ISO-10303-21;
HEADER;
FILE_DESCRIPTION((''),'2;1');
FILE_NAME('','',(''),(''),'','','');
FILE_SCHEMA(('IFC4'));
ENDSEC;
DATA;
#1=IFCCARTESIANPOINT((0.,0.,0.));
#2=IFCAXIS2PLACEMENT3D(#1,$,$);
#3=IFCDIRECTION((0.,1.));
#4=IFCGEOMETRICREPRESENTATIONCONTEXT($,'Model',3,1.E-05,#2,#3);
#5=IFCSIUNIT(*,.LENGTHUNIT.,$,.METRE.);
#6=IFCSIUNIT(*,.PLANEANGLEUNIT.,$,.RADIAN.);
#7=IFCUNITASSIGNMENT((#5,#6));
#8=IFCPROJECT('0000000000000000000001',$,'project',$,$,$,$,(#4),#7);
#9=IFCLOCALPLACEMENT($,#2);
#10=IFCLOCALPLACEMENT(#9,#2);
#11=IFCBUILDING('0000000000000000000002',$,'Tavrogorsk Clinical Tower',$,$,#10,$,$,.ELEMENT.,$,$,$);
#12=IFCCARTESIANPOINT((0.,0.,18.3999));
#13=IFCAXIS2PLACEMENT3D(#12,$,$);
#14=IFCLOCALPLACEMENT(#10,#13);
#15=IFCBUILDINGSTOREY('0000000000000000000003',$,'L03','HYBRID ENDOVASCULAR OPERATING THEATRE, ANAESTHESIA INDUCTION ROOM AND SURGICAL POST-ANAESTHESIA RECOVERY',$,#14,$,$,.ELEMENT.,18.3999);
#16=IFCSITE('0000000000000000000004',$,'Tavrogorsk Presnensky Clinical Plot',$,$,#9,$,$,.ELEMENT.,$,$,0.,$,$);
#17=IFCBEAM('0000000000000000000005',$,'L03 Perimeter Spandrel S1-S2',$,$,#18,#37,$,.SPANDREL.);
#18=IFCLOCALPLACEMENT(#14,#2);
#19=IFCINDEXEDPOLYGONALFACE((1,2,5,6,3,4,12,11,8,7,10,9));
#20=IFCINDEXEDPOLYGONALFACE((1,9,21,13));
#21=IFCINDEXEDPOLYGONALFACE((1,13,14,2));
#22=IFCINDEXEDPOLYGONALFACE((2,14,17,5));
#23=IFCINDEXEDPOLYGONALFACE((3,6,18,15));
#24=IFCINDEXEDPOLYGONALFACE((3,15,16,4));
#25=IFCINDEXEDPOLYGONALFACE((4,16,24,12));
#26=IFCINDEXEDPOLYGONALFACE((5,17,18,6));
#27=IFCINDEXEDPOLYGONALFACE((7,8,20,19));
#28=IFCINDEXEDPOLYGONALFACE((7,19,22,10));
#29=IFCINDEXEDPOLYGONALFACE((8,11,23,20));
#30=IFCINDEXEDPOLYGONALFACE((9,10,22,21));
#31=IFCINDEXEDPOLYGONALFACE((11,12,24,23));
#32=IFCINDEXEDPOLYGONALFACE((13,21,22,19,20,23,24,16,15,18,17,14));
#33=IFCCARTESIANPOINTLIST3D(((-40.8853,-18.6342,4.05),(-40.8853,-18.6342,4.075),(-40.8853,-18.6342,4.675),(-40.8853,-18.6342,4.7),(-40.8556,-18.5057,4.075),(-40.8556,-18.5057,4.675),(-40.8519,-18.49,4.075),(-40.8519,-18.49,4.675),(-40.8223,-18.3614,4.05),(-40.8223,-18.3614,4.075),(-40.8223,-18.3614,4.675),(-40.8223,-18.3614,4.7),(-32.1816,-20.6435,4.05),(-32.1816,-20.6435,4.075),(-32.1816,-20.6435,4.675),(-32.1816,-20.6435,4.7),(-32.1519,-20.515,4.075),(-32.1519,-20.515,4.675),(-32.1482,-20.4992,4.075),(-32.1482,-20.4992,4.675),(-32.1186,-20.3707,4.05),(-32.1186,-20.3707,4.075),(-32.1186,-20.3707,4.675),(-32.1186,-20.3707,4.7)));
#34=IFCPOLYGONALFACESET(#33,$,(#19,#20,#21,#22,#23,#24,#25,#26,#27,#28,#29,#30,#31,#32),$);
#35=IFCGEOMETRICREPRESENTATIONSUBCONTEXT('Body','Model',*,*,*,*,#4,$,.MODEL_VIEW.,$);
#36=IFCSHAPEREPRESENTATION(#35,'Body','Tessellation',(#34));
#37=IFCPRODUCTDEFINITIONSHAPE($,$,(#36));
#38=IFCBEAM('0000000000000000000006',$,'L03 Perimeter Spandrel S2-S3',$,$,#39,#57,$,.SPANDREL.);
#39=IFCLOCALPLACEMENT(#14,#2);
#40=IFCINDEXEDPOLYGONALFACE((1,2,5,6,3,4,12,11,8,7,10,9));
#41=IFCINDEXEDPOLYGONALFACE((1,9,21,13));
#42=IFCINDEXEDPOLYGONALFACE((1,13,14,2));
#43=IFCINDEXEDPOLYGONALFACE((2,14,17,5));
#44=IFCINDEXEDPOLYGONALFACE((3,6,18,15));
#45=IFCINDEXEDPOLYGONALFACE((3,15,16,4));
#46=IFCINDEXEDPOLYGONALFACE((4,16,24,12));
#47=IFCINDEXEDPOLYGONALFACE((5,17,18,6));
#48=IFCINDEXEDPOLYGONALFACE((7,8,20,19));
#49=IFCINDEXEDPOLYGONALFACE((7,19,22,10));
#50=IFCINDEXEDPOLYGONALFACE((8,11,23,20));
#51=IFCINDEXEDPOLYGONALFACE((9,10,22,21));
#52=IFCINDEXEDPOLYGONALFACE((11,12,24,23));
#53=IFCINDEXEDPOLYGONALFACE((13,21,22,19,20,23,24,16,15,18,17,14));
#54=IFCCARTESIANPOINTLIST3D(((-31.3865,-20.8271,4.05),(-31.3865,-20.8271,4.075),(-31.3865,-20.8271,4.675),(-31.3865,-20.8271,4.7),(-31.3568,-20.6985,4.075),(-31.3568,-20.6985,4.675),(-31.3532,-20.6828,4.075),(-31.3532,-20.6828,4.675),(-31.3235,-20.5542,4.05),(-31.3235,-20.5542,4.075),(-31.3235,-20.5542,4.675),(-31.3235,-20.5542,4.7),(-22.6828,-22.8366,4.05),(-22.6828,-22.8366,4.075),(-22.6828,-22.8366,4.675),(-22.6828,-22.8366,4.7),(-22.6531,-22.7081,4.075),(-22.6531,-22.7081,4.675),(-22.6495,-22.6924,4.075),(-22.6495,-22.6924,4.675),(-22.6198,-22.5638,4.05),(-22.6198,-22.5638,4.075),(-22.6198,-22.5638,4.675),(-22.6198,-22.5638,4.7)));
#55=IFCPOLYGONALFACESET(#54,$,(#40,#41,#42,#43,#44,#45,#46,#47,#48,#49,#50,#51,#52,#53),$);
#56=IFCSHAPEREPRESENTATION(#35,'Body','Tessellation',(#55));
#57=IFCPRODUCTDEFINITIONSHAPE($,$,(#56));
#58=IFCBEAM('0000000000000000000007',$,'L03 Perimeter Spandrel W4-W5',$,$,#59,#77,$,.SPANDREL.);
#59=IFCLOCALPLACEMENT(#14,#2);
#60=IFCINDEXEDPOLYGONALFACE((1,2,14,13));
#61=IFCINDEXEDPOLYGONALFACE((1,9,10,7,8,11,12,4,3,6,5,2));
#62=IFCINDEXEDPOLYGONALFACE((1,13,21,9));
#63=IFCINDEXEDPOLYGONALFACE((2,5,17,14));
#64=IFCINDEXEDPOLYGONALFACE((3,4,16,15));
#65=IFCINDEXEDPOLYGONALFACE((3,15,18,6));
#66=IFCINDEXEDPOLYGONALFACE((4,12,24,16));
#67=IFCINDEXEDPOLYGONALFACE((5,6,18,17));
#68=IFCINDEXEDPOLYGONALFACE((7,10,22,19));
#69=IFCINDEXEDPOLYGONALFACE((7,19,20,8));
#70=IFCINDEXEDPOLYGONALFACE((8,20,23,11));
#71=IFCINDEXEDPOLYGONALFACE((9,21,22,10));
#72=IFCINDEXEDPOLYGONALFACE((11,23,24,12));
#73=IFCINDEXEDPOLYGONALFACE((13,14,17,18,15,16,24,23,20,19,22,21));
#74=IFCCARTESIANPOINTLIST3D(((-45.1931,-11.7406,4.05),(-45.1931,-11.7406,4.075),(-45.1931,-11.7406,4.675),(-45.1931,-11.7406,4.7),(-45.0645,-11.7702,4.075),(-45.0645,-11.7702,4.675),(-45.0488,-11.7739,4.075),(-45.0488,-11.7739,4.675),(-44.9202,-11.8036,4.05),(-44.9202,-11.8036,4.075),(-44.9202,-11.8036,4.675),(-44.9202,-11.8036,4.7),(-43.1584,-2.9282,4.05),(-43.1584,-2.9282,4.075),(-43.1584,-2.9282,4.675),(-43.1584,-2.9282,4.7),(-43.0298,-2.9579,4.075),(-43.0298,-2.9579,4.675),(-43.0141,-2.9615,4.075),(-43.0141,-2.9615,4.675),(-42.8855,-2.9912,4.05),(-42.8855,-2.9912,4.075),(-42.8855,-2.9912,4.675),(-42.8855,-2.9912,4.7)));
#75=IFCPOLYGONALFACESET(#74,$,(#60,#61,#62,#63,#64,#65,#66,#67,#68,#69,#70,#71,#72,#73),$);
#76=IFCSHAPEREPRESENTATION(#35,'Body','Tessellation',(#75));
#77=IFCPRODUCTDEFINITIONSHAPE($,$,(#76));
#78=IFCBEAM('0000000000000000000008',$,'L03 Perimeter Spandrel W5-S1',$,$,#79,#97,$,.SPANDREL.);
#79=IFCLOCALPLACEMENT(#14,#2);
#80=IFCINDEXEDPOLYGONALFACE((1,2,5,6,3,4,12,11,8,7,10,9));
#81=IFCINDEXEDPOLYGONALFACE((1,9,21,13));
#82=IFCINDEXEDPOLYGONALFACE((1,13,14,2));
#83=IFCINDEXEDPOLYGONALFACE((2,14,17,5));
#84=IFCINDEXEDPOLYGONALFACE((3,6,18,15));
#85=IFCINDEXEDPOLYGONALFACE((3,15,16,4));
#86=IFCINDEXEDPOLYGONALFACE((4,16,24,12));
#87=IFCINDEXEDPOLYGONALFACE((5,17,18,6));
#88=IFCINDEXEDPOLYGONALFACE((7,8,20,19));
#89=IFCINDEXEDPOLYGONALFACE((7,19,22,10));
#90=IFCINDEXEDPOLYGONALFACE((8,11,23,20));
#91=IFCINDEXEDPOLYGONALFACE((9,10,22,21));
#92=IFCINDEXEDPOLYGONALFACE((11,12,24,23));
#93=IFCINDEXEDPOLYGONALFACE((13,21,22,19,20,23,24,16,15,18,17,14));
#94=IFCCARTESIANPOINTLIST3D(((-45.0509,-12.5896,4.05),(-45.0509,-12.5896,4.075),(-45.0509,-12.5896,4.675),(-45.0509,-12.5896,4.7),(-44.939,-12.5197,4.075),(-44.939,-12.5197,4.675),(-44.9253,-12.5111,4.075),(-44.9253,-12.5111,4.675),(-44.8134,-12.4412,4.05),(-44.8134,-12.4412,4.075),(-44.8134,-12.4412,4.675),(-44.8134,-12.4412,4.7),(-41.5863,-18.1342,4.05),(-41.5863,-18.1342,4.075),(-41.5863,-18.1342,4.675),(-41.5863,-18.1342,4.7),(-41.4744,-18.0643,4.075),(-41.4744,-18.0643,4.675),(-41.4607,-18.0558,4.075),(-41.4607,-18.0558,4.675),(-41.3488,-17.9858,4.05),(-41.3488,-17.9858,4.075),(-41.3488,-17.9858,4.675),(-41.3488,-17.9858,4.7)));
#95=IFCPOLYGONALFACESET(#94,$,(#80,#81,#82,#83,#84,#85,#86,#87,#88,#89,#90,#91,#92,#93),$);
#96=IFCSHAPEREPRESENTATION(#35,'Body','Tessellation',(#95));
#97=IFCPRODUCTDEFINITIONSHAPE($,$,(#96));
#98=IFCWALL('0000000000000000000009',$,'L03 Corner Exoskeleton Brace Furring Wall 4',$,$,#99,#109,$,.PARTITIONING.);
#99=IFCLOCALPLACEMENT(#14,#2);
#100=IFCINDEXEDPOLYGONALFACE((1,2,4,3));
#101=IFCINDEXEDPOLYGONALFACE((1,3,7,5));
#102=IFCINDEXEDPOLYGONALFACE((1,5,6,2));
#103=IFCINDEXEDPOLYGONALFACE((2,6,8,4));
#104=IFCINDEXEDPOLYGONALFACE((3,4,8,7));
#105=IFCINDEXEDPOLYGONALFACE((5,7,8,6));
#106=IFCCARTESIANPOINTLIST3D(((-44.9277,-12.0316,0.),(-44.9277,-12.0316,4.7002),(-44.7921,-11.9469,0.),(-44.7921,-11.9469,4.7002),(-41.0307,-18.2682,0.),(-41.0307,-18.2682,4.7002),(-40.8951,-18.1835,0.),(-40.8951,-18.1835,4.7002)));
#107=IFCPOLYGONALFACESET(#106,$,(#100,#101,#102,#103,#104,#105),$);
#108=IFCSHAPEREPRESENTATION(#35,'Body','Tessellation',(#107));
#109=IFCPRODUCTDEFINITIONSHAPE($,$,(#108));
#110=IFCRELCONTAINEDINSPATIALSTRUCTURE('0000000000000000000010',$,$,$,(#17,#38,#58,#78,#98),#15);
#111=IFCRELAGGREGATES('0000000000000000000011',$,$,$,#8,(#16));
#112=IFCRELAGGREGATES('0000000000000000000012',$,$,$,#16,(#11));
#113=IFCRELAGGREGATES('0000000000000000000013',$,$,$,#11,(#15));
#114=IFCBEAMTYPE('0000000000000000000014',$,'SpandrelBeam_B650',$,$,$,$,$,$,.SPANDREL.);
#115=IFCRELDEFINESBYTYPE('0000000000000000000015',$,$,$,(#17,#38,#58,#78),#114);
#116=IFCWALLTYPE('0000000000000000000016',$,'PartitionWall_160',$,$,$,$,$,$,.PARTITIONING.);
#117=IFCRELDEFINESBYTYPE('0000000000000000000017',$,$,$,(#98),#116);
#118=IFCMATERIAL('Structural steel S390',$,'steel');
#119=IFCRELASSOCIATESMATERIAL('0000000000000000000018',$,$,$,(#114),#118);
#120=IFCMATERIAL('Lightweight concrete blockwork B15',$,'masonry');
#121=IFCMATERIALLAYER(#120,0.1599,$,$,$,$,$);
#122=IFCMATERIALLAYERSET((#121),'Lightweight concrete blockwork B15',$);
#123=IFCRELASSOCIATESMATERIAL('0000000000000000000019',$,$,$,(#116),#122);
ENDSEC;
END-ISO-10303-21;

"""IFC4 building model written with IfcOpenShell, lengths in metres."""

from ifc_helpers import new_model, si_unit, direction, frame, frame_2d, origin, origin_2d, place, context, subcontext, project, spatial, rectangle, i_section, extrude, material, layer, layer_set, material_profile, profile_set, type_object, element, save


model = new_model("IFC4")

# Units and contexts
model_context = context("Model", 3, precision=1e-05, world=origin(), true_north=direction((0.0, 1.0)))
body_context = subcontext(model_context, "Body", "Model", "MODEL_VIEW")
ifc_project = project(units=[si_unit("LENGTHUNIT", "METRE"), si_unit("PLANEANGLEUNIT", "RADIAN")], contexts=[model_context])

# Site, building, storey
site_placement = place(None, origin())
site = spatial("IfcSite", under=ifc_project, at=site_placement, Name="Tavrogorsk Presnensky Clinical Plot", CompositionType="ELEMENT", RefElevation=0.0)
building_placement = place(site_placement, origin())
building = spatial("IfcBuilding", under=site, at=building_placement, Name="Tavrogorsk Clinical Tower", CompositionType="ELEMENT")
storey_placement = place(building_placement, frame((0.0, 0.0, 18.3999)))
storey = spatial("IfcBuildingStorey", under=building, at=storey_placement, Name="L03", Description="HYBRID ENDOVASCULAR OPERATING THEATRE, ANAESTHESIA INDUCTION ROOM AND SURGICAL POST-ANAESTHESIA RECOVERY", CompositionType="ELEMENT", Elevation=18.3999)

# Beams
ifc_material_1 = material(Name="Structural steel S390", Category="steel")
ifc_material_profile_1 = material_profile(ifc_material_1, i_section(OverallWidth=0.28, OverallDepth=0.6499, WebThickness=0.0161, FlangeThickness=0.0249, at=origin_2d()), Name="B-650x280x16x25")
ifc_profile_set_1 = profile_set([ifc_material_profile_1], Name="Structural steel S390")
beam_type_1 = type_object("IfcBeamType", Name="SpandrelBeam_B650", PredefinedType="SPANDREL", material=ifc_profile_set_1)
for number, where, z_axis, x_axis, name in (
    (1, (-40.8538, -18.4978, 4.375), (0.974373, -0.224939, 0.0), (0.224939, 0.974373, 0.0), "L03 Perimeter Spandrel S1-S2"),
    (2, (-31.355, -20.6907, 4.375), (0.974367, -0.224965, 0.0), (0.224965, 0.974367, 0.0), "L03 Perimeter Spandrel S2-S3"),
):
    element("IfcBeam", number, at=place(storey_placement, frame(where, z_axis=z_axis, x_axis=x_axis)), inside=storey, type_object=beam_type_1, Name=name, PredefinedType="SPANDREL", context=body_context, shape_type="SweptSolid", body=[
        extrude(i_section(OverallWidth=0.28, OverallDepth=0.6499, WebThickness=0.0161, FlangeThickness=0.0249, at=origin_2d()), origin(), (0.0, 0.0, 1.0), 8.9326),
    ])
beam_1_placement = place(storey_placement, frame((-43.022, -2.9597, 4.375), z_axis=(-0.224972, -0.974365, 0.0), x_axis=(0.974365, -0.224972, 0.0)))
element("IfcBeam", 3, at=beam_1_placement, inside=storey, type_object=beam_type_1, Name="L03 Perimeter Spandrel W4-W5", PredefinedType="SPANDREL", context=body_context, shape_type="SweptSolid", body=[
    extrude(i_section(OverallWidth=0.28, OverallDepth=0.6499, WebThickness=0.0161, FlangeThickness=0.0249, at=origin_2d()), origin(), (0.0, 0.0, 1.0), 9.0442),
])
beam_2_placement = place(storey_placement, frame((-44.9321, -12.5154, 4.375), z_axis=(0.529908, -0.848055, 0.0), x_axis=(0.848055, 0.529908, 0.0)))
element("IfcBeam", 4, at=beam_2_placement, inside=storey, type_object=beam_type_1, Name="L03 Perimeter Spandrel W5-S1", PredefinedType="SPANDREL", context=body_context, shape_type="SweptSolid", body=[
    extrude(i_section(OverallWidth=0.28, OverallDepth=0.6499, WebThickness=0.0161, FlangeThickness=0.0249, at=origin_2d()), origin(), (0.0, 0.0, 1.0), 6.5381),
])

# Wall
ifc_material_2 = material(Name="Lightweight concrete blockwork B15", Category="masonry")
ifc_layer_1 = layer(ifc_material_2, 0.1599)
ifc_layer_set_1 = layer_set([ifc_layer_1], Name="Lightweight concrete blockwork B15")
wall_type_1 = type_object("IfcWallType", Name="PartitionWall_160", PredefinedType="PARTITIONING", material=ifc_layer_set_1)
wall_1_placement = place(storey_placement, frame((-44.8599, -11.9893, 0.0), z_axis=(0.0, 0.0, 1.0), x_axis=(0.529912, -0.848052, 0.0)))
element("IfcWall", 5, at=wall_1_placement, inside=storey, type_object=wall_type_1, Name="L03 Corner Exoskeleton Brace Furring Wall 4", PredefinedType="PARTITIONING", context=body_context, shape_type="SweptSolid", body=[
    extrude(rectangle(XDim=7.354, YDim=0.1599, at=frame_2d((3.677, 0.0))), origin(), (0.0, 0.0, 1.0), 4.7002),
])

save(model, "model.ifc")
